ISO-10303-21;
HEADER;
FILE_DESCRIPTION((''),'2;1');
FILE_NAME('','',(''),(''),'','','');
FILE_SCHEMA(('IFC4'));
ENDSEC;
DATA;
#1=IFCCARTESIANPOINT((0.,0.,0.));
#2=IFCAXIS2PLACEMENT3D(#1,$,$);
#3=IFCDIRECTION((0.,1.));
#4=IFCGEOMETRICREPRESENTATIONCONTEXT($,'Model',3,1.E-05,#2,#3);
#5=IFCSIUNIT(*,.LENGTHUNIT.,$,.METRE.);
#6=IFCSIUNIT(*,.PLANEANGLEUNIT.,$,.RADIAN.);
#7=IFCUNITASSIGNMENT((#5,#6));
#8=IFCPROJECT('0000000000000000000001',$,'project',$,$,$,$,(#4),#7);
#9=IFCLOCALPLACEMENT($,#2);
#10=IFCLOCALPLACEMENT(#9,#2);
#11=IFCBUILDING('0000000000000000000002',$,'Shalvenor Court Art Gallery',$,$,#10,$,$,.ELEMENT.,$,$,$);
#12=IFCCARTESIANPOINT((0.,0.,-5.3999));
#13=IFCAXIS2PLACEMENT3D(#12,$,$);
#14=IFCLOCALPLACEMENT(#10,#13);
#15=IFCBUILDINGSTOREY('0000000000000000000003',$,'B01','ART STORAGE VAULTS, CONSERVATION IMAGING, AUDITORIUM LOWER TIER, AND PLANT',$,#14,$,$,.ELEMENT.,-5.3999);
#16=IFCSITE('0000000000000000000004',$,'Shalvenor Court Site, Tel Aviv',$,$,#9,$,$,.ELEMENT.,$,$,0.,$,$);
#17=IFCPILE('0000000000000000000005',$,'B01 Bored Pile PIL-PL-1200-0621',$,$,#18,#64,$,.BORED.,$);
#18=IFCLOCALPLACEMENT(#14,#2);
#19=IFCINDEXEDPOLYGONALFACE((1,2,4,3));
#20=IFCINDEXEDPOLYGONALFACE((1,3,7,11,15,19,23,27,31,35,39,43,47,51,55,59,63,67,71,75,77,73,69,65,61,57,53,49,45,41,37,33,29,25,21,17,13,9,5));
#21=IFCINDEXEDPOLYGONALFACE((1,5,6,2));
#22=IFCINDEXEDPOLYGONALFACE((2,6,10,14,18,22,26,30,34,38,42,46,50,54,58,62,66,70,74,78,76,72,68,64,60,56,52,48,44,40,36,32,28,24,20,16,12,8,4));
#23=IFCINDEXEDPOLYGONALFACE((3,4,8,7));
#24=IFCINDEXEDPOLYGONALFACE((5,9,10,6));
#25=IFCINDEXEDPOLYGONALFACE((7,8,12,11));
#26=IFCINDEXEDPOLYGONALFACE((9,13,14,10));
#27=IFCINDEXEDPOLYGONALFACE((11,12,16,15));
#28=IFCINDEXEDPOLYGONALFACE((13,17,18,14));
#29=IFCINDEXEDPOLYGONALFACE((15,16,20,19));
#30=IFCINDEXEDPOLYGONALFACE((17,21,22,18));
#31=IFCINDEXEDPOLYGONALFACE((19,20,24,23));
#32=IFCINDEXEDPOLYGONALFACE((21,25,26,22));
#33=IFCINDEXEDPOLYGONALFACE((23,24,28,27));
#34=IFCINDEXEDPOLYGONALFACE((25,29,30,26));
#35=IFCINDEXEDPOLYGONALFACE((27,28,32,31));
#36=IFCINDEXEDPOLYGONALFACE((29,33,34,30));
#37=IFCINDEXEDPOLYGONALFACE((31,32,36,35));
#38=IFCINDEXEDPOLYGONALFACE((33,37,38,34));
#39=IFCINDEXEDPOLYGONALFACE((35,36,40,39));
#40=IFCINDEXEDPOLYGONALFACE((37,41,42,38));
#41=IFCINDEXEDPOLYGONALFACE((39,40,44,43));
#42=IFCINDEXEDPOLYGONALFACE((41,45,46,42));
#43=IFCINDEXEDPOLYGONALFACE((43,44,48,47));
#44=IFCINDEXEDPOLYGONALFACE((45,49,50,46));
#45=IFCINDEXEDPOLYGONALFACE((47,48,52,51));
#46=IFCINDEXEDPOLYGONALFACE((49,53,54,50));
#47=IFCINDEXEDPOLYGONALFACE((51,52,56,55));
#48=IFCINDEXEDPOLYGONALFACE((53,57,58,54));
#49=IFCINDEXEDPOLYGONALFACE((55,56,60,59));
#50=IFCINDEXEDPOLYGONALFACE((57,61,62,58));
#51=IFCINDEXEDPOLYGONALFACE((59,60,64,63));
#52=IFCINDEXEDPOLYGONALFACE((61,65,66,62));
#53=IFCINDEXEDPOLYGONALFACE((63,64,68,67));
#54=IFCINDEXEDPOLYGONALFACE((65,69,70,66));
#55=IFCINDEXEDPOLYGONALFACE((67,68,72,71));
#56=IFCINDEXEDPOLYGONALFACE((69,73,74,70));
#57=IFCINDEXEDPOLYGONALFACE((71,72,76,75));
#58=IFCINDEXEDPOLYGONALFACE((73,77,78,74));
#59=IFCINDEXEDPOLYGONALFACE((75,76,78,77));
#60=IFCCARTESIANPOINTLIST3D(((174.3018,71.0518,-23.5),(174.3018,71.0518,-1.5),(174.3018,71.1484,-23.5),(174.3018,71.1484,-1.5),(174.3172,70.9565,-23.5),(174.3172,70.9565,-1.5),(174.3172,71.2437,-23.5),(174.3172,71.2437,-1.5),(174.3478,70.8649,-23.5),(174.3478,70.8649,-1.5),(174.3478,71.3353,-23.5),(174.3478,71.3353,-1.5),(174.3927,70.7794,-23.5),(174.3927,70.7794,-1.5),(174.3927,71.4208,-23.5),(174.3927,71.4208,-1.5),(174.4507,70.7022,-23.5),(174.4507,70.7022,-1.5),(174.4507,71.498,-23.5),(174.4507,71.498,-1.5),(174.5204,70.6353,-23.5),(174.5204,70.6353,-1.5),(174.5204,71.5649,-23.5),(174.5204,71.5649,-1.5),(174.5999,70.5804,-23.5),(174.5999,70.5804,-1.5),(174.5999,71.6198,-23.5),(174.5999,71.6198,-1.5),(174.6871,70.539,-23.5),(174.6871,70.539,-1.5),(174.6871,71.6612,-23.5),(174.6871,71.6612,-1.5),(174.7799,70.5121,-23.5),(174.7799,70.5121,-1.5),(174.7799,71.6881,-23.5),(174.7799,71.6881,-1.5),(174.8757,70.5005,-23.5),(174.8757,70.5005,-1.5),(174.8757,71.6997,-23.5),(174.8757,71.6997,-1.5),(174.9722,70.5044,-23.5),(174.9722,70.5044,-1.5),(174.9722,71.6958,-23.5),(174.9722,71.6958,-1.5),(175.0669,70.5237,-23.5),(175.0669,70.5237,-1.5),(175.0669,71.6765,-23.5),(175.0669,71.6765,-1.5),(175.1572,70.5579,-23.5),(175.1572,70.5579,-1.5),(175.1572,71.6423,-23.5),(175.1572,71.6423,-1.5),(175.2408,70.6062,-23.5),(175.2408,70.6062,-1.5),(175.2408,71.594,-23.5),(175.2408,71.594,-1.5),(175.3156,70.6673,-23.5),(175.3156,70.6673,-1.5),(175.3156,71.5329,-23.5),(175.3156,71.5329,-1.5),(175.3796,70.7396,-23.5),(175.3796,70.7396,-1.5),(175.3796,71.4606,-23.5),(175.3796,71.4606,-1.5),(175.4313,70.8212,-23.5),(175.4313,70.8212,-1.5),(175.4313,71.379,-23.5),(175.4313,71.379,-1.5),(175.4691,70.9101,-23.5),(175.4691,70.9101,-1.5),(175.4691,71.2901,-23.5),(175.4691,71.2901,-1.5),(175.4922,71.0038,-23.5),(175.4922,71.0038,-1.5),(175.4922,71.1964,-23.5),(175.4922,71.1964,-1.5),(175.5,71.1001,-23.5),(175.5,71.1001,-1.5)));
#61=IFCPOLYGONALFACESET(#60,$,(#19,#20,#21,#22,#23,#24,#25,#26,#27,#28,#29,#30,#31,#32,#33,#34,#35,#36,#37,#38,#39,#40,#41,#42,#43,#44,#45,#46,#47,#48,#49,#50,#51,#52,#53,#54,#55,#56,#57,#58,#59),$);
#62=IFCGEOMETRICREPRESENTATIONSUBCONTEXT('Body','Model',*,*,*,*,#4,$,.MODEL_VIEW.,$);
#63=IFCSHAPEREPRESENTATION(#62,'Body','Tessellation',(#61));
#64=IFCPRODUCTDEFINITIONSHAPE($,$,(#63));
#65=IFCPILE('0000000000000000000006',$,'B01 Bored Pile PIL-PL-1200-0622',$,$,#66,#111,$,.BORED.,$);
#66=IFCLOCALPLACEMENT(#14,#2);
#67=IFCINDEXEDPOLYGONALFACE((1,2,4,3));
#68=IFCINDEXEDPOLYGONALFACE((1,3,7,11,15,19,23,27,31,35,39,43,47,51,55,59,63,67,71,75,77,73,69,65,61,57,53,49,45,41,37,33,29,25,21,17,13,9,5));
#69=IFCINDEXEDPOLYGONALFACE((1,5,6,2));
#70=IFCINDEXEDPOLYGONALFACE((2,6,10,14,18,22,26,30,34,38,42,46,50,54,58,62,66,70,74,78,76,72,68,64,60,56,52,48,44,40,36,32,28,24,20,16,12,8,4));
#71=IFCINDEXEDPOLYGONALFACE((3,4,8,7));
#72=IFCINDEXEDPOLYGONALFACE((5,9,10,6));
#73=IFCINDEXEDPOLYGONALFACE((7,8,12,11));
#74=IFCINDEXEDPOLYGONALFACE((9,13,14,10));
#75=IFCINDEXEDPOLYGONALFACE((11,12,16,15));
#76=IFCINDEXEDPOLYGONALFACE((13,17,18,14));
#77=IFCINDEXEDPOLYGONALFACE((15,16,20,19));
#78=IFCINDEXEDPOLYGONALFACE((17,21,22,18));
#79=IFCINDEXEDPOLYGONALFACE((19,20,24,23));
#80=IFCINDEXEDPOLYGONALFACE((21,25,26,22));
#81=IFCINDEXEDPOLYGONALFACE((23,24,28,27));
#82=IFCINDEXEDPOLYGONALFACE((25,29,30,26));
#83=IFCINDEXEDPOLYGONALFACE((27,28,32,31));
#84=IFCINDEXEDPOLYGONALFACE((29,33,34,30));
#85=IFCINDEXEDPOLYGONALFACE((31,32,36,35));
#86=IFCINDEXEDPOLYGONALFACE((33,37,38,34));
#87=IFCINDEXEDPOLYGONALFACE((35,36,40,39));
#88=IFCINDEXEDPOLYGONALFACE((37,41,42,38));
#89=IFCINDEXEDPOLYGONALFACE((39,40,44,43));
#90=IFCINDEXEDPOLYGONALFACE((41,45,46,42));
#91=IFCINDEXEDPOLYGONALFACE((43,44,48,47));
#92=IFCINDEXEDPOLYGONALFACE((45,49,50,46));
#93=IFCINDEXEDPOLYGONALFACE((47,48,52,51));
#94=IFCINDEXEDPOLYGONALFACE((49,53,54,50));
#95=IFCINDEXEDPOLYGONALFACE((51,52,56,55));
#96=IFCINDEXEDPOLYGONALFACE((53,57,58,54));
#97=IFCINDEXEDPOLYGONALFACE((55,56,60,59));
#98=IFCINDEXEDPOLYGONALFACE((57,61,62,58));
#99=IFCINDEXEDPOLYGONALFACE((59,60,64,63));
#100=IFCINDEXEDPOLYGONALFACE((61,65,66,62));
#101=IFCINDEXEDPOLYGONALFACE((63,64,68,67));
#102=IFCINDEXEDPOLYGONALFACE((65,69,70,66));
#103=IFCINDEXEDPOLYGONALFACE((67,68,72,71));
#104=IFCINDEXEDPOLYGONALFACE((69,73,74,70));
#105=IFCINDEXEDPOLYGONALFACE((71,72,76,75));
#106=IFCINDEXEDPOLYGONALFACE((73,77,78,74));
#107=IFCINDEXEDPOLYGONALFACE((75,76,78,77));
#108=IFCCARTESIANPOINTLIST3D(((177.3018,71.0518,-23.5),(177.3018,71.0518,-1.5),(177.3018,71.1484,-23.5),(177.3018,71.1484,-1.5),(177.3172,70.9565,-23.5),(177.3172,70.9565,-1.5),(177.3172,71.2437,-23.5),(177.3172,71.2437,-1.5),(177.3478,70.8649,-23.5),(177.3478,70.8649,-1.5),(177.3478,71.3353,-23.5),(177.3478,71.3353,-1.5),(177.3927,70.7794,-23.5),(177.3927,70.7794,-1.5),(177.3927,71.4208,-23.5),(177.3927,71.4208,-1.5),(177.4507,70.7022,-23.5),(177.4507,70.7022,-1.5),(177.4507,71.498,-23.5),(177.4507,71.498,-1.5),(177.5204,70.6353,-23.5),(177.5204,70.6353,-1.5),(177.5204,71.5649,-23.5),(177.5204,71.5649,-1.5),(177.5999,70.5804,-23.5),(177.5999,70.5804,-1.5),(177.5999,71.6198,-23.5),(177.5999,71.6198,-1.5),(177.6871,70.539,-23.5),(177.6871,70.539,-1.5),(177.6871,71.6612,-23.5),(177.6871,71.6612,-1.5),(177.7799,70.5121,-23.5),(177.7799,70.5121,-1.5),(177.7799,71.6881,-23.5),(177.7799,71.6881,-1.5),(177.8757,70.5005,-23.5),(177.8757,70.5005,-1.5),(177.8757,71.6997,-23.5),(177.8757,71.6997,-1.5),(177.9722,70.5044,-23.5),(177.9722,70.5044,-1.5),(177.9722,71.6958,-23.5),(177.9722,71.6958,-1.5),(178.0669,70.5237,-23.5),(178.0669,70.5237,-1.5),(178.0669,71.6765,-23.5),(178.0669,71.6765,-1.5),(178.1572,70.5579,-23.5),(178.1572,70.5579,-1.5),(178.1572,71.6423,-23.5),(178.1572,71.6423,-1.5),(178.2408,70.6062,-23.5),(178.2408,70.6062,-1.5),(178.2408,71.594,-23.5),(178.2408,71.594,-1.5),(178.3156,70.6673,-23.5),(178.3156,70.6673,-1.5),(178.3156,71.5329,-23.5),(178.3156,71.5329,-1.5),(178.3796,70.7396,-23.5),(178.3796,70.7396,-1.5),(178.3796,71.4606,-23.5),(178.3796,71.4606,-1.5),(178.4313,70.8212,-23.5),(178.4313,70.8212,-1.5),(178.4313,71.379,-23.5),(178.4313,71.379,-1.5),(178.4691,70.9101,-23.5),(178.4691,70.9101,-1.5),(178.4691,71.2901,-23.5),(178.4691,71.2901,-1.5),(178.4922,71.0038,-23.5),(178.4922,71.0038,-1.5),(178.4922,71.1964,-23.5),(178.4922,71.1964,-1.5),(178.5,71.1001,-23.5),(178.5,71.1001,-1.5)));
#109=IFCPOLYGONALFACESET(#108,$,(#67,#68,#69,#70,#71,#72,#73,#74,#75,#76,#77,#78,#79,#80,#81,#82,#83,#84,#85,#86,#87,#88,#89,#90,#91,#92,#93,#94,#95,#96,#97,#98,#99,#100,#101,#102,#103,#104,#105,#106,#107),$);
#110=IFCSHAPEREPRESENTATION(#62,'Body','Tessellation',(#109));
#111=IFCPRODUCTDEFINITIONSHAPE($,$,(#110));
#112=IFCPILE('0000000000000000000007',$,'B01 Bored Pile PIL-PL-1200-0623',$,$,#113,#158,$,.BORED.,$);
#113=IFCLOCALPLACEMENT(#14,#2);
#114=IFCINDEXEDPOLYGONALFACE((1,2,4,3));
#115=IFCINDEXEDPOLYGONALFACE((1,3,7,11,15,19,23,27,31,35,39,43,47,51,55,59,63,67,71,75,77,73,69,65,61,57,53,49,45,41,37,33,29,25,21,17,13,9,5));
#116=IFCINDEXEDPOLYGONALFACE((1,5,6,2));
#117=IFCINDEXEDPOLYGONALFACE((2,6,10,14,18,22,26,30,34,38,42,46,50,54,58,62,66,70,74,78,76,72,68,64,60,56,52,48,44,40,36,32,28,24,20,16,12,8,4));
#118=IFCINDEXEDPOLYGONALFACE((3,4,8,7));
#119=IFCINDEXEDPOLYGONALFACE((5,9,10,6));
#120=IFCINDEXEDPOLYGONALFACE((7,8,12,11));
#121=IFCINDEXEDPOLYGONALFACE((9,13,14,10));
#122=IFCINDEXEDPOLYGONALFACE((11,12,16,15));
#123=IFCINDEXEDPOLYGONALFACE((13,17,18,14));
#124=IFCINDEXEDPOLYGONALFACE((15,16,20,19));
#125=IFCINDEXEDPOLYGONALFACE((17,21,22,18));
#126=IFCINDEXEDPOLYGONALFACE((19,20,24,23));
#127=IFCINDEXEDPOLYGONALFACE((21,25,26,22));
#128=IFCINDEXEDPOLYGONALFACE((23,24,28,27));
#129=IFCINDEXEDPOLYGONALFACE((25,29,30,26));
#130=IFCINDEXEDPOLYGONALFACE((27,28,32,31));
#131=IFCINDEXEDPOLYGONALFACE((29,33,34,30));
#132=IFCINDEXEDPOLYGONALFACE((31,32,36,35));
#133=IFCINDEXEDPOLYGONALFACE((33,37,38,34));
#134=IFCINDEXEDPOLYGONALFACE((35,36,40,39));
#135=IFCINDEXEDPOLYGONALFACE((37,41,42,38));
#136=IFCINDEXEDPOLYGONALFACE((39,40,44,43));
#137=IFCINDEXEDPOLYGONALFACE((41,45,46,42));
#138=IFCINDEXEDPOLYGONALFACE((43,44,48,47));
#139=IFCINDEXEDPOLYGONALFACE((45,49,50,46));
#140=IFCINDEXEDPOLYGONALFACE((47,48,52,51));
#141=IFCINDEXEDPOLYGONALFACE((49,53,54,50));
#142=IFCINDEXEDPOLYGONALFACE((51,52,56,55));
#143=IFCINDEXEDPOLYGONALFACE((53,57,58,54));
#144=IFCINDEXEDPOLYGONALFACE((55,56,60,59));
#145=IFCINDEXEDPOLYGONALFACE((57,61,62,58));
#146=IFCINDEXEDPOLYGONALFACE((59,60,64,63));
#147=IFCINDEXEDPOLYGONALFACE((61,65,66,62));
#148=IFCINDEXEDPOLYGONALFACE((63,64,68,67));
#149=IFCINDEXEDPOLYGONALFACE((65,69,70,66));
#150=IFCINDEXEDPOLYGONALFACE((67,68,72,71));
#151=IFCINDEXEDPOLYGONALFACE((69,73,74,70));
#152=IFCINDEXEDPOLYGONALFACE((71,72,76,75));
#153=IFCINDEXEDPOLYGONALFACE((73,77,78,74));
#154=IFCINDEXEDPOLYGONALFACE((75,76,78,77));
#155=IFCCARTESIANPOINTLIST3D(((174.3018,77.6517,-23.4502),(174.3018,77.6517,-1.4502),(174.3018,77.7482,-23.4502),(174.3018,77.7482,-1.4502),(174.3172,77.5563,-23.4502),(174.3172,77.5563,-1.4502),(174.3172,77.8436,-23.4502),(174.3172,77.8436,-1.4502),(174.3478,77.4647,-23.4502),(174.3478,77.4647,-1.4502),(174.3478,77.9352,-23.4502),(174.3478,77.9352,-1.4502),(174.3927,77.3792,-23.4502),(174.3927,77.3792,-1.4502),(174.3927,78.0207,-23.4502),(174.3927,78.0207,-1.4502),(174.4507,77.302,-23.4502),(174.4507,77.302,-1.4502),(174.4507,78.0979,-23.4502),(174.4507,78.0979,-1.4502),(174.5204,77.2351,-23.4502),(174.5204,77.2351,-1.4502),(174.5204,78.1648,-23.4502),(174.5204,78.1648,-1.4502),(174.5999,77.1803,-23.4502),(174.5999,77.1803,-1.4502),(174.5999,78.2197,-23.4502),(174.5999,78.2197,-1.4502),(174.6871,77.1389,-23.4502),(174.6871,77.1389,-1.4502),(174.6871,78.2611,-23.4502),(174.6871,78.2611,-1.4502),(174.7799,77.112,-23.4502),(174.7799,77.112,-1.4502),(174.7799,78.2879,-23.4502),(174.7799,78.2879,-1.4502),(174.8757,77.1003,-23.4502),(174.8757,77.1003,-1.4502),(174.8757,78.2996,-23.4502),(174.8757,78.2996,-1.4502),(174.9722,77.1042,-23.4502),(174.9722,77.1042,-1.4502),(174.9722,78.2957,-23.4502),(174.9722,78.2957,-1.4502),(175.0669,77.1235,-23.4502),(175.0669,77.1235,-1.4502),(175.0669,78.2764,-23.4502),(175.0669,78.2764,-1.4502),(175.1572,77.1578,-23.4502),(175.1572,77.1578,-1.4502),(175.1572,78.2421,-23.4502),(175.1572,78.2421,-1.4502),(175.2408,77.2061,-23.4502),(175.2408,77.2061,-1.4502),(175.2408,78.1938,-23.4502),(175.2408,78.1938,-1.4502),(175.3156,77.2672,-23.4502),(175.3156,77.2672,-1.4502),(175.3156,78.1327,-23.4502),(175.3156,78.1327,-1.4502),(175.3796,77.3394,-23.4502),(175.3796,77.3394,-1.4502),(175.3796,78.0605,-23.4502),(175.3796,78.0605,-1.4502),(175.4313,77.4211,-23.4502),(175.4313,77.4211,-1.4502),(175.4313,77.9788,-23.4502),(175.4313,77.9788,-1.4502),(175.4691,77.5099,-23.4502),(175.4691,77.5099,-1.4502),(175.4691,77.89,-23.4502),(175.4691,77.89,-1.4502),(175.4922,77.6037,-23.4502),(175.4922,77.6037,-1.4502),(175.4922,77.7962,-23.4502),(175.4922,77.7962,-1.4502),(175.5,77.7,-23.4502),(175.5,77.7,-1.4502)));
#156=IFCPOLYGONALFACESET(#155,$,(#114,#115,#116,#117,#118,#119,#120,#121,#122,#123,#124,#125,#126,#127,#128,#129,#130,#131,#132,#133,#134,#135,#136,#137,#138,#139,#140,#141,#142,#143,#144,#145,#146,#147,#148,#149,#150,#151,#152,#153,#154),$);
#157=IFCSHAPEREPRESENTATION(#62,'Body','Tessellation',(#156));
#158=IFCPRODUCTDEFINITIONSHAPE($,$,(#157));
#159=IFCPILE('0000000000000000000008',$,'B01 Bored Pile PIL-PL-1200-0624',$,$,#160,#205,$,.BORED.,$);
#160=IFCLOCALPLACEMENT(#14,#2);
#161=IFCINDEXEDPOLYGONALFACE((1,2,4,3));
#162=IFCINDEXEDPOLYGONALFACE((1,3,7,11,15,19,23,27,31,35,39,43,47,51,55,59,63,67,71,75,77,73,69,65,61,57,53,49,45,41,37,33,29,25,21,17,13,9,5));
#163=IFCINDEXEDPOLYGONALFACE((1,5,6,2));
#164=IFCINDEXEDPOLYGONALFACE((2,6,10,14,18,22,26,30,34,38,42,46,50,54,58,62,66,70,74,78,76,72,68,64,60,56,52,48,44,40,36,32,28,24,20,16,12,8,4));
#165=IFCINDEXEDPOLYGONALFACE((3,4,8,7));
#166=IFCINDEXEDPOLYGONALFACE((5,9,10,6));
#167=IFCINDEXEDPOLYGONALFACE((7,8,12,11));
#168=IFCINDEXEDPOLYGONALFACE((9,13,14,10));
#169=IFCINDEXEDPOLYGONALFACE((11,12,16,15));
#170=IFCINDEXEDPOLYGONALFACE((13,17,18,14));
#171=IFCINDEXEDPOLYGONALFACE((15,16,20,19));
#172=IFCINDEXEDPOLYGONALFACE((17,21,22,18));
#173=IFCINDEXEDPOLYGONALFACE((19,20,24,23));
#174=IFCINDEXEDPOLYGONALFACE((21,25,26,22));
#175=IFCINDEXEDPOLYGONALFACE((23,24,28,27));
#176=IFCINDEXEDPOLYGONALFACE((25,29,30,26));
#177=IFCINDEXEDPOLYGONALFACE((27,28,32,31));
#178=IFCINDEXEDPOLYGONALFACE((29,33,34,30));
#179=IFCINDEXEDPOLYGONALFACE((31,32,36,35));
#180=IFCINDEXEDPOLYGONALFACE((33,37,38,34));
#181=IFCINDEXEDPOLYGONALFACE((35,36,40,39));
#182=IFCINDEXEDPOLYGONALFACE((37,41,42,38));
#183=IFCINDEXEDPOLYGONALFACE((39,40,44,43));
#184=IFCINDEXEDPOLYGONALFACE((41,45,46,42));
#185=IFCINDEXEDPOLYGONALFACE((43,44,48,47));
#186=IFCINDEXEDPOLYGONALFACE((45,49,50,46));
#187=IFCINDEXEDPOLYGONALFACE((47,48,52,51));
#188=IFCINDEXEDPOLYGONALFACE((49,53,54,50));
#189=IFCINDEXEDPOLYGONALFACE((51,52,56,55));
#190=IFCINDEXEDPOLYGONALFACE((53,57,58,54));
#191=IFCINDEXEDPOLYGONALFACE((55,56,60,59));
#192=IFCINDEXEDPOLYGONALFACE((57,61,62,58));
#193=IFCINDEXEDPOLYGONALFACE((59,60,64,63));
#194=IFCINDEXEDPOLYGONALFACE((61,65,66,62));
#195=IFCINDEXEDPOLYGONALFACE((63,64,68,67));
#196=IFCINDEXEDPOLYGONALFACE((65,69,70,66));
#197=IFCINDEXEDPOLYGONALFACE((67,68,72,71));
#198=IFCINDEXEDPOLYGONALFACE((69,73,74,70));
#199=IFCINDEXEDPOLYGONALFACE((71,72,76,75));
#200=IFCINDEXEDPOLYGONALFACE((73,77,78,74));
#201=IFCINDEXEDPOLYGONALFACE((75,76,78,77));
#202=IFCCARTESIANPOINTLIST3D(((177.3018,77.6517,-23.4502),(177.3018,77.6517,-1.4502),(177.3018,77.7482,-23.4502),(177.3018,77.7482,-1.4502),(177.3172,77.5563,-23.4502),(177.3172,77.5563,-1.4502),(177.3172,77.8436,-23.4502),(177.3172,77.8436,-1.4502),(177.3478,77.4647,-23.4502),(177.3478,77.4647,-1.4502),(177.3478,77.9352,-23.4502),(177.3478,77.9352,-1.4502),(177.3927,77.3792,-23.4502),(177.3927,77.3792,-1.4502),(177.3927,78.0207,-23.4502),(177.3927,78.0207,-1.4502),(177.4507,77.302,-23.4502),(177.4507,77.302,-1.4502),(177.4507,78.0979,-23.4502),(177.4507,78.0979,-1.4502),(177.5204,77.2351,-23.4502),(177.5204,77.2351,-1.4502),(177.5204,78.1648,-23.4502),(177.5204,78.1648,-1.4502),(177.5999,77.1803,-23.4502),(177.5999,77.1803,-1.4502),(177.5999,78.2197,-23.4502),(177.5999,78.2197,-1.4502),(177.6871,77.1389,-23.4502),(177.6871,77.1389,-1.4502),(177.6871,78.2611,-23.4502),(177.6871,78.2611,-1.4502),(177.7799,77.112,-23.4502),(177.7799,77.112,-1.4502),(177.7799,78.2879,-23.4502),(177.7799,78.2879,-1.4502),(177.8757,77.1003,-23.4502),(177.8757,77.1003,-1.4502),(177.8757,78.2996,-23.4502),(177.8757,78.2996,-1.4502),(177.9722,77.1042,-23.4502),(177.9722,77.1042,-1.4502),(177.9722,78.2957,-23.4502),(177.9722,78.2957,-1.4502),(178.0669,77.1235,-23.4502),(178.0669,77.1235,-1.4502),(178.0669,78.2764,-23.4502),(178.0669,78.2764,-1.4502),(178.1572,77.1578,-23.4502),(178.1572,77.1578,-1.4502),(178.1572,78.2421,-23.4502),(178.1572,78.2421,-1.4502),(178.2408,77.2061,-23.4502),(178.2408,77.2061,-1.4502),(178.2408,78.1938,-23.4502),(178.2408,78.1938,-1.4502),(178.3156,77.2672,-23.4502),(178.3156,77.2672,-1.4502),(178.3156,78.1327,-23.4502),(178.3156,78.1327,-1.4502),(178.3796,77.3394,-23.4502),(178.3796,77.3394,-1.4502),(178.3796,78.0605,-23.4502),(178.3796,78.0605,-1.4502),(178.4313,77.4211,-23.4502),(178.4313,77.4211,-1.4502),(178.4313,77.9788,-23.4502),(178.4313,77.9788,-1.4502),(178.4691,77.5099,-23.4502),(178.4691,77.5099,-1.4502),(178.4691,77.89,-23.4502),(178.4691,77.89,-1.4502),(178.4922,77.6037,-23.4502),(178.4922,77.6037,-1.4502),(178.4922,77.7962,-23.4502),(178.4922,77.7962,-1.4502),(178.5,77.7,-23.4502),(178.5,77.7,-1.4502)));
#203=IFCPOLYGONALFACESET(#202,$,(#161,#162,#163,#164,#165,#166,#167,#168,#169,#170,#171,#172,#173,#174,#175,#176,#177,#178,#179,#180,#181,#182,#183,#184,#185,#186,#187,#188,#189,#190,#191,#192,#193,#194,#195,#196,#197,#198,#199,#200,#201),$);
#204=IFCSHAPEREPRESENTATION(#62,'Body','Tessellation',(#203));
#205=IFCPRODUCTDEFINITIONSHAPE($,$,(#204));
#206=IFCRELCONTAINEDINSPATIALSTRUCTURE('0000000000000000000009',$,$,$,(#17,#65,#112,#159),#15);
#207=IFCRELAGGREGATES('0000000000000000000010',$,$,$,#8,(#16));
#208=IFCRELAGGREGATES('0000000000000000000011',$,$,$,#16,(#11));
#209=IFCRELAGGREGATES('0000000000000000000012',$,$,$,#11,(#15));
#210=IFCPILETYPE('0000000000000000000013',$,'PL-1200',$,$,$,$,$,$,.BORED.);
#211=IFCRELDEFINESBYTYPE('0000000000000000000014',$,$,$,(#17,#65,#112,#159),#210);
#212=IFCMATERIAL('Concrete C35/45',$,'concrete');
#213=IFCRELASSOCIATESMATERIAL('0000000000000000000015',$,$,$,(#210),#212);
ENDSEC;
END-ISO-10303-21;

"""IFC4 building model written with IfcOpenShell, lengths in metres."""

from ifc_helpers import new_model, si_unit, direction, frame, origin, origin_2d, place, context, subcontext, project, spatial, circle, extrude, material, material_profile, profile_set, type_object, element, save


model = new_model("IFC4")

# Units and contexts
model_context = context("Model", 3, precision=1e-05, world=origin(), true_north=direction((0.0, 1.0)))
body_context = subcontext(model_context, "Body", "Model", "MODEL_VIEW")
ifc_project = project(units=[si_unit("LENGTHUNIT", "METRE"), si_unit("PLANEANGLEUNIT", "RADIAN")], contexts=[model_context])

# Site, building, storey
site_placement = place(None, origin())
site = spatial("IfcSite", under=ifc_project, at=site_placement, Name="Shalvenor Court Site, Tel Aviv", CompositionType="ELEMENT", RefElevation=0.0)
building_placement = place(site_placement, origin())
building = spatial("IfcBuilding", under=site, at=building_placement, Name="Shalvenor Court Art Gallery", CompositionType="ELEMENT")
storey_placement = place(building_placement, frame((0.0, 0.0, -5.3999)))
storey = spatial("IfcBuildingStorey", under=building, at=storey_placement, Name="B01", Description="ART STORAGE VAULTS, CONSERVATION IMAGING, AUDITORIUM LOWER TIER, AND PLANT", CompositionType="ELEMENT", Elevation=-5.3999)

# Piles
ifc_material_1 = material(Name="Concrete C35/45", Category="concrete")
ifc_material_profile_1 = material_profile(ifc_material_1, circle(Radius=0.6001, at=origin_2d()), Name="PILE 1200")
ifc_profile_set_1 = profile_set([ifc_material_profile_1], Name="Concrete C35/45")
pile_type = type_object("IfcPileType", Name="PL-1200", PredefinedType="BORED", material=ifc_profile_set_1)
for number, where, z_axis, x_axis, name in (
    (1, (174.8999, 71.1001, -1.5), (0.0, 0.0, -1.0), (1.0, 0.0, 0.0), "B01 Bored Pile PIL-PL-1200-0621"),
    (2, (177.8999, 71.1001, -1.5), (0.0, 0.0, -1.0), (1.0, 0.0, 0.0), "B01 Bored Pile PIL-PL-1200-0622"),
    (3, (174.8999, 77.7, -1.4502), (0.0, 0.0, -1.0), (1.0, 0.0, 0.0), "B01 Bored Pile PIL-PL-1200-0623"),
    (4, (177.8999, 77.7, -1.4502), (0.0, 0.0, -1.0), (1.0, 0.0, 0.0), "B01 Bored Pile PIL-PL-1200-0624"),
):
    element("IfcPile", number, at=place(storey_placement, frame(where, z_axis=z_axis, x_axis=x_axis)), inside=storey, type_object=pile_type, Name=name, PredefinedType="BORED", context=body_context, shape_type="SweptSolid", body=[
        extrude(circle(Radius=0.6001, at=origin_2d()), origin(), (0.0, 0.0, 1.0), 22.0),
    ])

save(model, "model.ifc")
